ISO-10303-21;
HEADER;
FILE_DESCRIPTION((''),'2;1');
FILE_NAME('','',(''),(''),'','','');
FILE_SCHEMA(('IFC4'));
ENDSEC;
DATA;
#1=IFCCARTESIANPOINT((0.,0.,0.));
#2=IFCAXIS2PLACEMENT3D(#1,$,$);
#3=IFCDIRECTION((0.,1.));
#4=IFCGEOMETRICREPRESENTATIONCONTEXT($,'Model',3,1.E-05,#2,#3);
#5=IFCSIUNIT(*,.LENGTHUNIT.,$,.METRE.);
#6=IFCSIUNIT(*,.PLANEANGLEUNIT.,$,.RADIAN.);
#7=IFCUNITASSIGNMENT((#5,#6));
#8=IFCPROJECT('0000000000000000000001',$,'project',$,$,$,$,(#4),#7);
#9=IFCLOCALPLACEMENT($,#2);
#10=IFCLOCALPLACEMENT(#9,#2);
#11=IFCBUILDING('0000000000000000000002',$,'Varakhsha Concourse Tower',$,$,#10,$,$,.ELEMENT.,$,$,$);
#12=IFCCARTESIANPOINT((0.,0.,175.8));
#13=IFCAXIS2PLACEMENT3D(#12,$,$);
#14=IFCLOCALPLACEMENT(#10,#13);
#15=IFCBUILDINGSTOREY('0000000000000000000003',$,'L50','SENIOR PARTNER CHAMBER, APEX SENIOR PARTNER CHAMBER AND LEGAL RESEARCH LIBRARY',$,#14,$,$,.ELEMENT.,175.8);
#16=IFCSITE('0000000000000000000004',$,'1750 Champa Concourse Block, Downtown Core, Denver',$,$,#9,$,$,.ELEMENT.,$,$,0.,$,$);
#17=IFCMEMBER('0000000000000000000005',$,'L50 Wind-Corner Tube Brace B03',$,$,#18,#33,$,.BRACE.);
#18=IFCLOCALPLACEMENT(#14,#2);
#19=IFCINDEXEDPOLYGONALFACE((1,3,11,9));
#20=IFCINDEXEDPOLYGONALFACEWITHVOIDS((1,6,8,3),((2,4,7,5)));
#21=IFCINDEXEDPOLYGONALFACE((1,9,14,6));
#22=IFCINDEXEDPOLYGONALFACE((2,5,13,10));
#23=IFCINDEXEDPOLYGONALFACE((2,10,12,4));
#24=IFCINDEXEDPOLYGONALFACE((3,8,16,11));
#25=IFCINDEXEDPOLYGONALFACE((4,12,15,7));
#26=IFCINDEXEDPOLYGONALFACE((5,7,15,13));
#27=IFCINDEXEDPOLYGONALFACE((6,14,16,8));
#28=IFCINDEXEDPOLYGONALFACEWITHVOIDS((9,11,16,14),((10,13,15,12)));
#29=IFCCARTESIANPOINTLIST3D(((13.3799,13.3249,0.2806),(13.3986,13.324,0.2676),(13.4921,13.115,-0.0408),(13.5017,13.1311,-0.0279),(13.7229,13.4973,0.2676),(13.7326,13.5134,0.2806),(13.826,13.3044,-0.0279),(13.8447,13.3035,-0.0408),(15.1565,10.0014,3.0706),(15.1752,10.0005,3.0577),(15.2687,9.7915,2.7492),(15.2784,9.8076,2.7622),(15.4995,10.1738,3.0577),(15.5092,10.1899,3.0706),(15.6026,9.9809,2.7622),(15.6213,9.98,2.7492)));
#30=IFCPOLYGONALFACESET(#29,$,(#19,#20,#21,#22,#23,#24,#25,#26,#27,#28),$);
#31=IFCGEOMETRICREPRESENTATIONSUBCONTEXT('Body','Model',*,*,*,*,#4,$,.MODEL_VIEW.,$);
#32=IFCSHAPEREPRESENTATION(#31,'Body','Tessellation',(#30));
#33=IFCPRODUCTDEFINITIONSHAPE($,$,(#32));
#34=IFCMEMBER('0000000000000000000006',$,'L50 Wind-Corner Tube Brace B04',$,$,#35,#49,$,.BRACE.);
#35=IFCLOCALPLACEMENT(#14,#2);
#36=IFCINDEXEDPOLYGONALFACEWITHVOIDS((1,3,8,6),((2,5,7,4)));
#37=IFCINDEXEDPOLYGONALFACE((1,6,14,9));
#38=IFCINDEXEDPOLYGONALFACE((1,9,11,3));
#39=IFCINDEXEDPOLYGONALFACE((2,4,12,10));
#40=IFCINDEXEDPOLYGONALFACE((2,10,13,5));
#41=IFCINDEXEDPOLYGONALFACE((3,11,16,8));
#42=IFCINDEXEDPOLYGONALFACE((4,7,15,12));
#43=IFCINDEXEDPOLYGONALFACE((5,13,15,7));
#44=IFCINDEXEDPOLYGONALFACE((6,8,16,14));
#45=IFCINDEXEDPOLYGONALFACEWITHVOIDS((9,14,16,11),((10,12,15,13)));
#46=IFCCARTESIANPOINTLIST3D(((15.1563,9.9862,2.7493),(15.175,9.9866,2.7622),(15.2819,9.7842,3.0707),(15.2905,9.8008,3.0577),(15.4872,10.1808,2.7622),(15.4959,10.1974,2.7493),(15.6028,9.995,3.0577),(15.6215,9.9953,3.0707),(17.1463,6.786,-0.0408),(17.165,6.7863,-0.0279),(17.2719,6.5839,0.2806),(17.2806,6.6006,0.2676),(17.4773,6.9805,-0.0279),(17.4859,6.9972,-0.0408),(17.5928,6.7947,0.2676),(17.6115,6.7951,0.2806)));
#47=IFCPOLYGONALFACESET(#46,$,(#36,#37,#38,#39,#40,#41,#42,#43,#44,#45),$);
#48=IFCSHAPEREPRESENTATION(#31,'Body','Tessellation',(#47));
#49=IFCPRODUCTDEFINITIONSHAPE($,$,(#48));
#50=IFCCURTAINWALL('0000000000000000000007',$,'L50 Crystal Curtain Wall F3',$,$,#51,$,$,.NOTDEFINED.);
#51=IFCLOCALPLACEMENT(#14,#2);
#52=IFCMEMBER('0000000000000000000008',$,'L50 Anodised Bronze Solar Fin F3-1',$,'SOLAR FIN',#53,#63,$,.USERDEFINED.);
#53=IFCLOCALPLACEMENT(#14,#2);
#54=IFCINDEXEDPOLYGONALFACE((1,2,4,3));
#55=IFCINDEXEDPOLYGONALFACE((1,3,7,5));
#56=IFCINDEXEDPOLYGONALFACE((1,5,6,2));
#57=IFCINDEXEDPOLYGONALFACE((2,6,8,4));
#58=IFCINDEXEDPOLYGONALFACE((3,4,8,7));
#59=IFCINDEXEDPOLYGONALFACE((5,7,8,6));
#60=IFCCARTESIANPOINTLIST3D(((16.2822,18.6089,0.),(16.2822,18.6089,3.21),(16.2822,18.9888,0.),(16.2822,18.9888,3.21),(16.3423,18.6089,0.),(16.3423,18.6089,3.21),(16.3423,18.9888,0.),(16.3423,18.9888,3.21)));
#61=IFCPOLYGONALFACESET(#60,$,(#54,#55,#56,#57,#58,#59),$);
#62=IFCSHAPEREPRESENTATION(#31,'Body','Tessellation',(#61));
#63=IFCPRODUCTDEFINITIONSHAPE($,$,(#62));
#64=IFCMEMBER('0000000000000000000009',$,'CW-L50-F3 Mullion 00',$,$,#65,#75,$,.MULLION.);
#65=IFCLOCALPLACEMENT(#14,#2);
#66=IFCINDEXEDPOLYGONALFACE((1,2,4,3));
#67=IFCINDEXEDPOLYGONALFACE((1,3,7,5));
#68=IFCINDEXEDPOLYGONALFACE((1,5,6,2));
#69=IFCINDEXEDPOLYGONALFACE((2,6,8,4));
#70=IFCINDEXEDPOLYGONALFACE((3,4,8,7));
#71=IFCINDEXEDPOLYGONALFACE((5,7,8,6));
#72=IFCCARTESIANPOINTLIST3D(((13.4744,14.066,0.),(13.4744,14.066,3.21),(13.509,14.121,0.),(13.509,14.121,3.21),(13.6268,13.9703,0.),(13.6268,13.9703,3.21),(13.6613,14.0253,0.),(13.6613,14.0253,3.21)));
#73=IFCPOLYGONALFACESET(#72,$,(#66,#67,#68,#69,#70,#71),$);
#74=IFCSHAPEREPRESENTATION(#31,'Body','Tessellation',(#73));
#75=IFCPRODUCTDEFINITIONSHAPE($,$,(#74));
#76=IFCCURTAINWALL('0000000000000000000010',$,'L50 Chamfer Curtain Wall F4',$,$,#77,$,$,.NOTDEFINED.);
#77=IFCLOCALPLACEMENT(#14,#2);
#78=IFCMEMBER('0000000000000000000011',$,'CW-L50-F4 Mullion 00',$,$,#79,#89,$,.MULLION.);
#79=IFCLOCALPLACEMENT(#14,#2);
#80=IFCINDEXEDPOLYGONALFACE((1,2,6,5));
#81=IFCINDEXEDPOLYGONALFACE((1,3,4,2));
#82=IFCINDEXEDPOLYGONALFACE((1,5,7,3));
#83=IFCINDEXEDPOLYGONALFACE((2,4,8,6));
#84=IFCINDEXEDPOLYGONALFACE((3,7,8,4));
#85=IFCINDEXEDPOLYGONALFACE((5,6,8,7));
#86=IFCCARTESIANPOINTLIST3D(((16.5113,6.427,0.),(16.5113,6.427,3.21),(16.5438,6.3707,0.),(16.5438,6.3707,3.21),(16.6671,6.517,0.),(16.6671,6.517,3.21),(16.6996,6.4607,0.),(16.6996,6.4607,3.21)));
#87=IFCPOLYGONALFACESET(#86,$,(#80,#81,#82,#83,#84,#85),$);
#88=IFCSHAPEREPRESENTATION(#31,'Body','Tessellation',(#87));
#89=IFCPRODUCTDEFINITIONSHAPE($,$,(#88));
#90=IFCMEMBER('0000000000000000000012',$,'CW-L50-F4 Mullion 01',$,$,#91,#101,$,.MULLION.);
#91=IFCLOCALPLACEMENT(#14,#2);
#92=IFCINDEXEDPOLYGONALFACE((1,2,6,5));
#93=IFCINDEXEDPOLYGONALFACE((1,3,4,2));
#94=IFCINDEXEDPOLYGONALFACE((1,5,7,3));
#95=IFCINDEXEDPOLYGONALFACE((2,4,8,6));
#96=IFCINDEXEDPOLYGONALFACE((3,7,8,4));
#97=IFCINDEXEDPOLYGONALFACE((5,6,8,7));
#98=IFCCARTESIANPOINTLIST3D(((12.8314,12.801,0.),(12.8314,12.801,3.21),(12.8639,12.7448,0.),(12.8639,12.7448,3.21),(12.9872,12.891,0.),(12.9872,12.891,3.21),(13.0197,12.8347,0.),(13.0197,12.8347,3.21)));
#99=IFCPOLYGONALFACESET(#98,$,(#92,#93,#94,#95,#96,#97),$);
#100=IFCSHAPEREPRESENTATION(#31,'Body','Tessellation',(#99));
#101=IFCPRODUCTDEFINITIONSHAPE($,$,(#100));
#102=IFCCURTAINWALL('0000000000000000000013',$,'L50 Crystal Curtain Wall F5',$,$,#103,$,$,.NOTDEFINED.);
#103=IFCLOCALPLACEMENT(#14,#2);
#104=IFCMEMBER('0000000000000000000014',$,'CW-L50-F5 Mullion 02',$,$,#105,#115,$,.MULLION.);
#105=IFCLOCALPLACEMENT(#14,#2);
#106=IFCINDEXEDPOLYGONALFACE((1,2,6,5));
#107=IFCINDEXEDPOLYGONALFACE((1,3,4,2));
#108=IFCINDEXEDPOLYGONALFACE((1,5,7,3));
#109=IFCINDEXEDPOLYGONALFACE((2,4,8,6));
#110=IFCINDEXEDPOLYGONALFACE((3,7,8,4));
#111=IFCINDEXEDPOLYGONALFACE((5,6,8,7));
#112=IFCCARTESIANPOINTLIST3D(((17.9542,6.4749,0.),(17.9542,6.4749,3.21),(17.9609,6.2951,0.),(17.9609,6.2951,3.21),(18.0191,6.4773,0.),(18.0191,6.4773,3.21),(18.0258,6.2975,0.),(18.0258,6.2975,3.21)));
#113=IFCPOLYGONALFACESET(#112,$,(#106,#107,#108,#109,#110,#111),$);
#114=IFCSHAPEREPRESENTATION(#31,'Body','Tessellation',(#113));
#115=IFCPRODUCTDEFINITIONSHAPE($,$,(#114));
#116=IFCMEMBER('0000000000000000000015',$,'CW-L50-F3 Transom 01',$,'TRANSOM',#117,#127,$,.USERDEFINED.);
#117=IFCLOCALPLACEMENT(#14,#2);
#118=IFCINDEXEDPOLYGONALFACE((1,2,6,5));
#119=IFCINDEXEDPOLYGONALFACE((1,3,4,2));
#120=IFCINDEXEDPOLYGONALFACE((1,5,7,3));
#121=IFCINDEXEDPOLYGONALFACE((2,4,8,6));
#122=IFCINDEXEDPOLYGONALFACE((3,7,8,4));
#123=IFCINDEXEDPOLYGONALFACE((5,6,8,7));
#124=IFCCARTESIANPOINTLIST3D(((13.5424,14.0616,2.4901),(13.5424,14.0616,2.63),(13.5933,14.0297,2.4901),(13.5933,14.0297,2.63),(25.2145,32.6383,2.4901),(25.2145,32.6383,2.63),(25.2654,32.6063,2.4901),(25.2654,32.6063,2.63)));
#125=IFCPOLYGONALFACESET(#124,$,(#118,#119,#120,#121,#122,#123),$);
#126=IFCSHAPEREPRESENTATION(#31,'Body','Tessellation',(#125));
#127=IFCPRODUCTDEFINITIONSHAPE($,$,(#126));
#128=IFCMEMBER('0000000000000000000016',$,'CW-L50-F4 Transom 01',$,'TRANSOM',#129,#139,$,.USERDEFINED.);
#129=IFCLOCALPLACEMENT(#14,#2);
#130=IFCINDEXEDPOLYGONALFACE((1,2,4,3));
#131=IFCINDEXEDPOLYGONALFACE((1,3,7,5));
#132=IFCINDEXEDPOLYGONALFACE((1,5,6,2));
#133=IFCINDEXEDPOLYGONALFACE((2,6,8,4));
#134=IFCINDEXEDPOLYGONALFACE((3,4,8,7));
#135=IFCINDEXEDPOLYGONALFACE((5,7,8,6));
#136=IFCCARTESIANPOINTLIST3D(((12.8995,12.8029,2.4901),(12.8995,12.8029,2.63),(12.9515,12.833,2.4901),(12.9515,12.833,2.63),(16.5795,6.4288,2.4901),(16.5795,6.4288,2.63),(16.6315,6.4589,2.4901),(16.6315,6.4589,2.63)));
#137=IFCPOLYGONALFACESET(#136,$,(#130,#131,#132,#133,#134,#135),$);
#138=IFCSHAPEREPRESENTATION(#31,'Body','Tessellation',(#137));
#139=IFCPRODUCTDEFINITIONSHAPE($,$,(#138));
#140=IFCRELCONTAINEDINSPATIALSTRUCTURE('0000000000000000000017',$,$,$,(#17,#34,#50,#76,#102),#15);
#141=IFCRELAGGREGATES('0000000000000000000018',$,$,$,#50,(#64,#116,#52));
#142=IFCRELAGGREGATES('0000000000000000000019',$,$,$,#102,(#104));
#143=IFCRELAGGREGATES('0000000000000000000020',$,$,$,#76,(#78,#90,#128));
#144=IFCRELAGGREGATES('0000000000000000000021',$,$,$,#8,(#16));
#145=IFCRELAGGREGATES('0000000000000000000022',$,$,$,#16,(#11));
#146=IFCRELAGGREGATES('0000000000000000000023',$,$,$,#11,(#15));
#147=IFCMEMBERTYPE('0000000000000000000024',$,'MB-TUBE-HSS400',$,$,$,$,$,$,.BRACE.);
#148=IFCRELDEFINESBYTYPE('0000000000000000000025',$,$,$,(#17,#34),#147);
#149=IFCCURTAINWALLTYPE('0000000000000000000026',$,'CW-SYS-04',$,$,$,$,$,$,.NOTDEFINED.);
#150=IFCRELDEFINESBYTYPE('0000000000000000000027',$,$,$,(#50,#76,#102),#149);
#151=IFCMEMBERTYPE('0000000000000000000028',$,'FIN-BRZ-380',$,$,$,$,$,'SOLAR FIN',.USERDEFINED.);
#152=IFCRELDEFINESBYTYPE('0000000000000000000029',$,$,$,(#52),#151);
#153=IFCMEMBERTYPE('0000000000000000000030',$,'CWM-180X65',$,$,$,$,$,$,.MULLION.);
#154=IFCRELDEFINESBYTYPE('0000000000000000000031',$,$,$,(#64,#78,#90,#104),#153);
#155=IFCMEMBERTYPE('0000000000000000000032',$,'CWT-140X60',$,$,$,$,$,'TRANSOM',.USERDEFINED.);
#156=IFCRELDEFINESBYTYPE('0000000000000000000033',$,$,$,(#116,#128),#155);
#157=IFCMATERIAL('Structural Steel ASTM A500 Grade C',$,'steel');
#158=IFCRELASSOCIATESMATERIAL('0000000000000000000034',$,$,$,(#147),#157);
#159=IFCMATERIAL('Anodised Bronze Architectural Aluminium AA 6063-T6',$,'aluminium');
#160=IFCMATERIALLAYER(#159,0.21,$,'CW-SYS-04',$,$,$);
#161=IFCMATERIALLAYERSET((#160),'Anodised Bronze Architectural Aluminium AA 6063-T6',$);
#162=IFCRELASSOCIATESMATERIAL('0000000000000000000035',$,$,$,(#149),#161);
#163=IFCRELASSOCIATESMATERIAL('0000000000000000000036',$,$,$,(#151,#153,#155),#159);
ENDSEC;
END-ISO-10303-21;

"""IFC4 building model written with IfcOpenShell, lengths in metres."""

from ifc_helpers import new_model, si_unit, direction, frame, origin, origin_2d, place, context, subcontext, project, spatial, rectangle, hollow_rectangle, extrude, source, transform, mapped, material, layer, layer_set, material_profile, profile_set, type_object, type_shapes, element, aggregate, save


model = new_model("IFC4")

# Units and contexts
model_context = context("Model", 3, precision=1e-05, world=origin(), true_north=direction((0.0, 1.0)))
body_context = subcontext(model_context, "Body", "Model", "MODEL_VIEW")
ifc_project = project(units=[si_unit("LENGTHUNIT", "METRE"), si_unit("PLANEANGLEUNIT", "RADIAN")], contexts=[model_context])

# Site, building, storey
site_placement = place(None, origin())
site = spatial("IfcSite", under=ifc_project, at=site_placement, Name="1750 Champa Concourse Block, Downtown Core, Denver", CompositionType="ELEMENT", RefElevation=0.0)
building_placement = place(site_placement, origin())
building = spatial("IfcBuilding", under=site, at=building_placement, Name="Varakhsha Concourse Tower", CompositionType="ELEMENT")
storey_placement = place(building_placement, frame((0.0, 0.0, 175.8)))
storey = spatial("IfcBuildingStorey", under=building, at=storey_placement, Name="L50", Description="SENIOR PARTNER CHAMBER, APEX SENIOR PARTNER CHAMBER AND LEGAL RESEARCH LIBRARY", CompositionType="ELEMENT", Elevation=175.8)

# Members
ifc_material_1 = material(Name="Structural Steel ASTM A500 Grade C", Category="steel")
ifc_material_profile_1 = material_profile(ifc_material_1, hollow_rectangle(XDim=0.3999, YDim=0.3999, WallThickness=0.0161, at=origin_2d()), Name="HSS 400x400x16")
ifc_profile_set_1 = profile_set([ifc_material_profile_1], Name="Structural Steel ASTM A500 Grade C")
member_type_1 = type_object("IfcMemberType", Name="MB-TUBE-HSS400", PredefinedType="BRACE", material=ifc_profile_set_1)
shared_shape_1 = source(origin(), body_context, "Body", "SweptSolid", [
    extrude(hollow_rectangle(XDim=0.3999, YDim=0.3999, WallThickness=0.0161, at=origin_2d()), origin(), (0.0, 0.0, 1.0), 4.689),
])
type_shapes(member_type_1, [shared_shape_1])
for number, where, z_axis, x_axis, name in (
    (1, (13.6123, 13.3142, 0.1199), (0.378893, -0.708792, 0.595025), (0.881902, 0.471432, 0.0), "L50 Wind-Corner Tube Brace B03"),
    (2, (17.3789, 6.7905, 0.1199), (-0.424406, 0.682507, 0.595033), (-0.849204, -0.528064, 0.0), "L50 Wind-Corner Tube Brace B04"),
):
    element("IfcMember", number, at=place(storey_placement, frame(where, z_axis=z_axis, x_axis=x_axis)), inside=storey, type_object=member_type_1, Name=name, PredefinedType="BRACE", context=body_context, shape_type="MappedRepresentation", body=[
        mapped(shared_shape_1, transform((0.0, 0.0, 0.0), scale=1.0)),
    ])

# Curtain walls, members
ifc_material_2 = material(Name="Anodised Bronze Architectural Aluminium AA 6063-T6", Category="aluminium")
ifc_layer_1 = layer(ifc_material_2, 0.21, Name="CW-SYS-04")
ifc_layer_set_1 = layer_set([ifc_layer_1], Name="Anodised Bronze Architectural Aluminium AA 6063-T6")
curtain_wall_type = type_object("IfcCurtainWallType", Name="CW-SYS-04", PredefinedType="NOTDEFINED", material=ifc_layer_set_1)
curtain_wall_1_placement = place(storey_placement, origin())
curtain_wall_1 = element("IfcCurtainWall", 3, at=curtain_wall_1_placement, inside=storey, type_object=curtain_wall_type, Name="L50 Crystal Curtain Wall F3", PredefinedType="NOTDEFINED")
ifc_material_profile_2 = material_profile(ifc_material_2, rectangle(XDim=0.0601, YDim=0.3799, at=origin_2d()), Name="FIN-BRZ-380")
ifc_profile_set_2 = profile_set([ifc_material_profile_2], Name="Anodised Bronze Architectural Aluminium AA 6063-T6")
member_type_2 = type_object("IfcMemberType", Name="FIN-BRZ-380", ElementType="SOLAR FIN", PredefinedType="USERDEFINED", material=ifc_profile_set_2)
shared_shape_2 = source(origin(), body_context, "Body", "SweptSolid", [
    extrude(rectangle(XDim=0.0601, YDim=0.3799, at=origin_2d()), origin(), (0.0, 0.0, 1.0), 3.21),
])
type_shapes(member_type_2, [shared_shape_2])
member_1_placement = place(storey_placement, frame((16.3123, 18.7988, 0.0), z_axis=(0.0, 0.0, 1.0), x_axis=(1.0, 0.0, 0.0)))
member_1 = element("IfcMember", 4, at=member_1_placement, type_object=member_type_2, Name="L50 Anodised Bronze Solar Fin F3-1", ObjectType="SOLAR FIN", PredefinedType="USERDEFINED", context=body_context, shape_type="MappedRepresentation", body=[
    mapped(shared_shape_2, transform((0.0, 0.0, 0.0), scale=1.0)),
])
ifc_material_profile_3 = material_profile(ifc_material_2, rectangle(XDim=0.0649, YDim=0.1799, at=origin_2d()), Name="CWM-180X65")
ifc_profile_set_3 = profile_set([ifc_material_profile_3], Name="Anodised Bronze Architectural Aluminium AA 6063-T6")
member_type_3 = type_object("IfcMemberType", Name="CWM-180X65", PredefinedType="MULLION", material=ifc_profile_set_3)
shared_shape_3 = source(origin(), body_context, "Body", "SweptSolid", [
    extrude(rectangle(XDim=0.0649, YDim=0.1799, at=origin_2d()), origin(), (0.0, 0.0, 1.0), 3.21),
])
type_shapes(member_type_3, [shared_shape_3])
member_2_placement = place(storey_placement, frame((13.5679, 14.0457, 0.0), z_axis=(0.0, 0.0, 1.0), x_axis=(0.532022, 0.84673, 0.0)))
member_2 = element("IfcMember", 5, at=member_2_placement, type_object=member_type_3, Name="CW-L50-F3 Mullion 00", PredefinedType="MULLION", context=body_context, shape_type="MappedRepresentation", body=[
    mapped(shared_shape_3, transform((0.0, 0.0, 0.0), scale=1.0)),
])
curtain_wall_2_placement = place(storey_placement, origin())
curtain_wall_2 = element("IfcCurtainWall", 6, at=curtain_wall_2_placement, inside=storey, type_object=curtain_wall_type, Name="L50 Chamfer Curtain Wall F4", PredefinedType="NOTDEFINED")
member_3_placement = place(storey_placement, frame((16.6055, 6.4438, 0.0), z_axis=(0.0, 0.0, 1.0), x_axis=(-0.499997, 0.866027, 0.0)))
member_3 = element("IfcMember", 7, at=member_3_placement, type_object=member_type_3, Name="CW-L50-F4 Mullion 00", PredefinedType="MULLION", context=body_context, shape_type="MappedRepresentation", body=[
    mapped(shared_shape_3, transform((0.0, 0.0, 0.0), scale=1.0)),
])
member_4_placement = place(storey_placement, frame((12.9255, 12.8179, 0.0), z_axis=(0.0, 0.0, 1.0), x_axis=(-0.499997, 0.866027, 0.0)))
member_4 = element("IfcMember", 8, at=member_4_placement, type_object=member_type_3, Name="CW-L50-F4 Mullion 01", PredefinedType="MULLION", context=body_context, shape_type="MappedRepresentation", body=[
    mapped(shared_shape_3, transform((0.0, 0.0, 0.0), scale=1.0)),
])

# Curtain wall, member
curtain_wall_3_placement = place(storey_placement, origin())
curtain_wall_3 = element("IfcCurtainWall", 9, at=curtain_wall_3_placement, inside=storey, type_object=curtain_wall_type, Name="L50 Crystal Curtain Wall F5", PredefinedType="NOTDEFINED")
member_5_placement = place(storey_placement, frame((17.99, 6.3862, 0.0), z_axis=(0.0, 0.0, 1.0), x_axis=(-0.999301, -0.037376, 0.0)))
member_5 = element("IfcMember", 10, at=member_5_placement, type_object=member_type_3, Name="CW-L50-F5 Mullion 02", PredefinedType="MULLION", context=body_context, shape_type="MappedRepresentation", body=[
    mapped(shared_shape_3, transform((0.0, 0.0, 0.0), scale=1.0)),
])

# Members
ifc_material_profile_4 = material_profile(ifc_material_2, rectangle(XDim=0.0601, YDim=0.1399, at=origin_2d()), Name="CWT-140X60")
ifc_profile_set_4 = profile_set([ifc_material_profile_4], Name="Anodised Bronze Architectural Aluminium AA 6063-T6")
member_type_4 = type_object("IfcMemberType", Name="CWT-140X60", ElementType="TRANSOM", PredefinedType="USERDEFINED", material=ifc_profile_set_4)
shared_shape_4 = source(origin(), body_context, "Body", "SweptSolid", [
    extrude(rectangle(XDim=0.0601, YDim=0.1399, at=origin_2d()), origin(), (0.0, 0.0, 1.0), 21.9392),
])
member_6_placement = place(storey_placement, frame((13.5679, 14.0457, 2.5601), z_axis=(0.53202, 0.846732, 0.0), x_axis=(-0.846732, 0.53202, 0.0)))
member_6 = element("IfcMember", 11, at=member_6_placement, type_object=member_type_4, Name="CW-L50-F3 Transom 01", ObjectType="TRANSOM", PredefinedType="USERDEFINED", context=body_context, shape_type="MappedRepresentation", body=[
    mapped(shared_shape_4, transform((0.0, 0.0, 0.0), scale=1.0)),
])
shared_shape_5 = source(origin(), body_context, "Body", "SweptSolid", [
    extrude(rectangle(XDim=0.0601, YDim=0.1399, at=origin_2d()), origin(), (0.0, 0.0, 1.0), 7.3601),
])
type_shapes(member_type_4, [shared_shape_4, shared_shape_5])
member_7_placement = place(storey_placement, frame((16.6055, 6.4438, 2.5601), z_axis=(-0.499989, 0.866032, 0.0), x_axis=(-0.866032, -0.499989, 0.0)))
member_7 = element("IfcMember", 12, at=member_7_placement, type_object=member_type_4, Name="CW-L50-F4 Transom 01", ObjectType="TRANSOM", PredefinedType="USERDEFINED", context=body_context, shape_type="MappedRepresentation", body=[
    mapped(shared_shape_5, transform((0.0, 0.0, 0.0), scale=1.0)),
])

aggregate(curtain_wall_1, [member_2, member_6, member_1])
aggregate(curtain_wall_3, [member_5])
aggregate(curtain_wall_2, [member_3, member_4, member_7])

save(model, "model.ifc")
